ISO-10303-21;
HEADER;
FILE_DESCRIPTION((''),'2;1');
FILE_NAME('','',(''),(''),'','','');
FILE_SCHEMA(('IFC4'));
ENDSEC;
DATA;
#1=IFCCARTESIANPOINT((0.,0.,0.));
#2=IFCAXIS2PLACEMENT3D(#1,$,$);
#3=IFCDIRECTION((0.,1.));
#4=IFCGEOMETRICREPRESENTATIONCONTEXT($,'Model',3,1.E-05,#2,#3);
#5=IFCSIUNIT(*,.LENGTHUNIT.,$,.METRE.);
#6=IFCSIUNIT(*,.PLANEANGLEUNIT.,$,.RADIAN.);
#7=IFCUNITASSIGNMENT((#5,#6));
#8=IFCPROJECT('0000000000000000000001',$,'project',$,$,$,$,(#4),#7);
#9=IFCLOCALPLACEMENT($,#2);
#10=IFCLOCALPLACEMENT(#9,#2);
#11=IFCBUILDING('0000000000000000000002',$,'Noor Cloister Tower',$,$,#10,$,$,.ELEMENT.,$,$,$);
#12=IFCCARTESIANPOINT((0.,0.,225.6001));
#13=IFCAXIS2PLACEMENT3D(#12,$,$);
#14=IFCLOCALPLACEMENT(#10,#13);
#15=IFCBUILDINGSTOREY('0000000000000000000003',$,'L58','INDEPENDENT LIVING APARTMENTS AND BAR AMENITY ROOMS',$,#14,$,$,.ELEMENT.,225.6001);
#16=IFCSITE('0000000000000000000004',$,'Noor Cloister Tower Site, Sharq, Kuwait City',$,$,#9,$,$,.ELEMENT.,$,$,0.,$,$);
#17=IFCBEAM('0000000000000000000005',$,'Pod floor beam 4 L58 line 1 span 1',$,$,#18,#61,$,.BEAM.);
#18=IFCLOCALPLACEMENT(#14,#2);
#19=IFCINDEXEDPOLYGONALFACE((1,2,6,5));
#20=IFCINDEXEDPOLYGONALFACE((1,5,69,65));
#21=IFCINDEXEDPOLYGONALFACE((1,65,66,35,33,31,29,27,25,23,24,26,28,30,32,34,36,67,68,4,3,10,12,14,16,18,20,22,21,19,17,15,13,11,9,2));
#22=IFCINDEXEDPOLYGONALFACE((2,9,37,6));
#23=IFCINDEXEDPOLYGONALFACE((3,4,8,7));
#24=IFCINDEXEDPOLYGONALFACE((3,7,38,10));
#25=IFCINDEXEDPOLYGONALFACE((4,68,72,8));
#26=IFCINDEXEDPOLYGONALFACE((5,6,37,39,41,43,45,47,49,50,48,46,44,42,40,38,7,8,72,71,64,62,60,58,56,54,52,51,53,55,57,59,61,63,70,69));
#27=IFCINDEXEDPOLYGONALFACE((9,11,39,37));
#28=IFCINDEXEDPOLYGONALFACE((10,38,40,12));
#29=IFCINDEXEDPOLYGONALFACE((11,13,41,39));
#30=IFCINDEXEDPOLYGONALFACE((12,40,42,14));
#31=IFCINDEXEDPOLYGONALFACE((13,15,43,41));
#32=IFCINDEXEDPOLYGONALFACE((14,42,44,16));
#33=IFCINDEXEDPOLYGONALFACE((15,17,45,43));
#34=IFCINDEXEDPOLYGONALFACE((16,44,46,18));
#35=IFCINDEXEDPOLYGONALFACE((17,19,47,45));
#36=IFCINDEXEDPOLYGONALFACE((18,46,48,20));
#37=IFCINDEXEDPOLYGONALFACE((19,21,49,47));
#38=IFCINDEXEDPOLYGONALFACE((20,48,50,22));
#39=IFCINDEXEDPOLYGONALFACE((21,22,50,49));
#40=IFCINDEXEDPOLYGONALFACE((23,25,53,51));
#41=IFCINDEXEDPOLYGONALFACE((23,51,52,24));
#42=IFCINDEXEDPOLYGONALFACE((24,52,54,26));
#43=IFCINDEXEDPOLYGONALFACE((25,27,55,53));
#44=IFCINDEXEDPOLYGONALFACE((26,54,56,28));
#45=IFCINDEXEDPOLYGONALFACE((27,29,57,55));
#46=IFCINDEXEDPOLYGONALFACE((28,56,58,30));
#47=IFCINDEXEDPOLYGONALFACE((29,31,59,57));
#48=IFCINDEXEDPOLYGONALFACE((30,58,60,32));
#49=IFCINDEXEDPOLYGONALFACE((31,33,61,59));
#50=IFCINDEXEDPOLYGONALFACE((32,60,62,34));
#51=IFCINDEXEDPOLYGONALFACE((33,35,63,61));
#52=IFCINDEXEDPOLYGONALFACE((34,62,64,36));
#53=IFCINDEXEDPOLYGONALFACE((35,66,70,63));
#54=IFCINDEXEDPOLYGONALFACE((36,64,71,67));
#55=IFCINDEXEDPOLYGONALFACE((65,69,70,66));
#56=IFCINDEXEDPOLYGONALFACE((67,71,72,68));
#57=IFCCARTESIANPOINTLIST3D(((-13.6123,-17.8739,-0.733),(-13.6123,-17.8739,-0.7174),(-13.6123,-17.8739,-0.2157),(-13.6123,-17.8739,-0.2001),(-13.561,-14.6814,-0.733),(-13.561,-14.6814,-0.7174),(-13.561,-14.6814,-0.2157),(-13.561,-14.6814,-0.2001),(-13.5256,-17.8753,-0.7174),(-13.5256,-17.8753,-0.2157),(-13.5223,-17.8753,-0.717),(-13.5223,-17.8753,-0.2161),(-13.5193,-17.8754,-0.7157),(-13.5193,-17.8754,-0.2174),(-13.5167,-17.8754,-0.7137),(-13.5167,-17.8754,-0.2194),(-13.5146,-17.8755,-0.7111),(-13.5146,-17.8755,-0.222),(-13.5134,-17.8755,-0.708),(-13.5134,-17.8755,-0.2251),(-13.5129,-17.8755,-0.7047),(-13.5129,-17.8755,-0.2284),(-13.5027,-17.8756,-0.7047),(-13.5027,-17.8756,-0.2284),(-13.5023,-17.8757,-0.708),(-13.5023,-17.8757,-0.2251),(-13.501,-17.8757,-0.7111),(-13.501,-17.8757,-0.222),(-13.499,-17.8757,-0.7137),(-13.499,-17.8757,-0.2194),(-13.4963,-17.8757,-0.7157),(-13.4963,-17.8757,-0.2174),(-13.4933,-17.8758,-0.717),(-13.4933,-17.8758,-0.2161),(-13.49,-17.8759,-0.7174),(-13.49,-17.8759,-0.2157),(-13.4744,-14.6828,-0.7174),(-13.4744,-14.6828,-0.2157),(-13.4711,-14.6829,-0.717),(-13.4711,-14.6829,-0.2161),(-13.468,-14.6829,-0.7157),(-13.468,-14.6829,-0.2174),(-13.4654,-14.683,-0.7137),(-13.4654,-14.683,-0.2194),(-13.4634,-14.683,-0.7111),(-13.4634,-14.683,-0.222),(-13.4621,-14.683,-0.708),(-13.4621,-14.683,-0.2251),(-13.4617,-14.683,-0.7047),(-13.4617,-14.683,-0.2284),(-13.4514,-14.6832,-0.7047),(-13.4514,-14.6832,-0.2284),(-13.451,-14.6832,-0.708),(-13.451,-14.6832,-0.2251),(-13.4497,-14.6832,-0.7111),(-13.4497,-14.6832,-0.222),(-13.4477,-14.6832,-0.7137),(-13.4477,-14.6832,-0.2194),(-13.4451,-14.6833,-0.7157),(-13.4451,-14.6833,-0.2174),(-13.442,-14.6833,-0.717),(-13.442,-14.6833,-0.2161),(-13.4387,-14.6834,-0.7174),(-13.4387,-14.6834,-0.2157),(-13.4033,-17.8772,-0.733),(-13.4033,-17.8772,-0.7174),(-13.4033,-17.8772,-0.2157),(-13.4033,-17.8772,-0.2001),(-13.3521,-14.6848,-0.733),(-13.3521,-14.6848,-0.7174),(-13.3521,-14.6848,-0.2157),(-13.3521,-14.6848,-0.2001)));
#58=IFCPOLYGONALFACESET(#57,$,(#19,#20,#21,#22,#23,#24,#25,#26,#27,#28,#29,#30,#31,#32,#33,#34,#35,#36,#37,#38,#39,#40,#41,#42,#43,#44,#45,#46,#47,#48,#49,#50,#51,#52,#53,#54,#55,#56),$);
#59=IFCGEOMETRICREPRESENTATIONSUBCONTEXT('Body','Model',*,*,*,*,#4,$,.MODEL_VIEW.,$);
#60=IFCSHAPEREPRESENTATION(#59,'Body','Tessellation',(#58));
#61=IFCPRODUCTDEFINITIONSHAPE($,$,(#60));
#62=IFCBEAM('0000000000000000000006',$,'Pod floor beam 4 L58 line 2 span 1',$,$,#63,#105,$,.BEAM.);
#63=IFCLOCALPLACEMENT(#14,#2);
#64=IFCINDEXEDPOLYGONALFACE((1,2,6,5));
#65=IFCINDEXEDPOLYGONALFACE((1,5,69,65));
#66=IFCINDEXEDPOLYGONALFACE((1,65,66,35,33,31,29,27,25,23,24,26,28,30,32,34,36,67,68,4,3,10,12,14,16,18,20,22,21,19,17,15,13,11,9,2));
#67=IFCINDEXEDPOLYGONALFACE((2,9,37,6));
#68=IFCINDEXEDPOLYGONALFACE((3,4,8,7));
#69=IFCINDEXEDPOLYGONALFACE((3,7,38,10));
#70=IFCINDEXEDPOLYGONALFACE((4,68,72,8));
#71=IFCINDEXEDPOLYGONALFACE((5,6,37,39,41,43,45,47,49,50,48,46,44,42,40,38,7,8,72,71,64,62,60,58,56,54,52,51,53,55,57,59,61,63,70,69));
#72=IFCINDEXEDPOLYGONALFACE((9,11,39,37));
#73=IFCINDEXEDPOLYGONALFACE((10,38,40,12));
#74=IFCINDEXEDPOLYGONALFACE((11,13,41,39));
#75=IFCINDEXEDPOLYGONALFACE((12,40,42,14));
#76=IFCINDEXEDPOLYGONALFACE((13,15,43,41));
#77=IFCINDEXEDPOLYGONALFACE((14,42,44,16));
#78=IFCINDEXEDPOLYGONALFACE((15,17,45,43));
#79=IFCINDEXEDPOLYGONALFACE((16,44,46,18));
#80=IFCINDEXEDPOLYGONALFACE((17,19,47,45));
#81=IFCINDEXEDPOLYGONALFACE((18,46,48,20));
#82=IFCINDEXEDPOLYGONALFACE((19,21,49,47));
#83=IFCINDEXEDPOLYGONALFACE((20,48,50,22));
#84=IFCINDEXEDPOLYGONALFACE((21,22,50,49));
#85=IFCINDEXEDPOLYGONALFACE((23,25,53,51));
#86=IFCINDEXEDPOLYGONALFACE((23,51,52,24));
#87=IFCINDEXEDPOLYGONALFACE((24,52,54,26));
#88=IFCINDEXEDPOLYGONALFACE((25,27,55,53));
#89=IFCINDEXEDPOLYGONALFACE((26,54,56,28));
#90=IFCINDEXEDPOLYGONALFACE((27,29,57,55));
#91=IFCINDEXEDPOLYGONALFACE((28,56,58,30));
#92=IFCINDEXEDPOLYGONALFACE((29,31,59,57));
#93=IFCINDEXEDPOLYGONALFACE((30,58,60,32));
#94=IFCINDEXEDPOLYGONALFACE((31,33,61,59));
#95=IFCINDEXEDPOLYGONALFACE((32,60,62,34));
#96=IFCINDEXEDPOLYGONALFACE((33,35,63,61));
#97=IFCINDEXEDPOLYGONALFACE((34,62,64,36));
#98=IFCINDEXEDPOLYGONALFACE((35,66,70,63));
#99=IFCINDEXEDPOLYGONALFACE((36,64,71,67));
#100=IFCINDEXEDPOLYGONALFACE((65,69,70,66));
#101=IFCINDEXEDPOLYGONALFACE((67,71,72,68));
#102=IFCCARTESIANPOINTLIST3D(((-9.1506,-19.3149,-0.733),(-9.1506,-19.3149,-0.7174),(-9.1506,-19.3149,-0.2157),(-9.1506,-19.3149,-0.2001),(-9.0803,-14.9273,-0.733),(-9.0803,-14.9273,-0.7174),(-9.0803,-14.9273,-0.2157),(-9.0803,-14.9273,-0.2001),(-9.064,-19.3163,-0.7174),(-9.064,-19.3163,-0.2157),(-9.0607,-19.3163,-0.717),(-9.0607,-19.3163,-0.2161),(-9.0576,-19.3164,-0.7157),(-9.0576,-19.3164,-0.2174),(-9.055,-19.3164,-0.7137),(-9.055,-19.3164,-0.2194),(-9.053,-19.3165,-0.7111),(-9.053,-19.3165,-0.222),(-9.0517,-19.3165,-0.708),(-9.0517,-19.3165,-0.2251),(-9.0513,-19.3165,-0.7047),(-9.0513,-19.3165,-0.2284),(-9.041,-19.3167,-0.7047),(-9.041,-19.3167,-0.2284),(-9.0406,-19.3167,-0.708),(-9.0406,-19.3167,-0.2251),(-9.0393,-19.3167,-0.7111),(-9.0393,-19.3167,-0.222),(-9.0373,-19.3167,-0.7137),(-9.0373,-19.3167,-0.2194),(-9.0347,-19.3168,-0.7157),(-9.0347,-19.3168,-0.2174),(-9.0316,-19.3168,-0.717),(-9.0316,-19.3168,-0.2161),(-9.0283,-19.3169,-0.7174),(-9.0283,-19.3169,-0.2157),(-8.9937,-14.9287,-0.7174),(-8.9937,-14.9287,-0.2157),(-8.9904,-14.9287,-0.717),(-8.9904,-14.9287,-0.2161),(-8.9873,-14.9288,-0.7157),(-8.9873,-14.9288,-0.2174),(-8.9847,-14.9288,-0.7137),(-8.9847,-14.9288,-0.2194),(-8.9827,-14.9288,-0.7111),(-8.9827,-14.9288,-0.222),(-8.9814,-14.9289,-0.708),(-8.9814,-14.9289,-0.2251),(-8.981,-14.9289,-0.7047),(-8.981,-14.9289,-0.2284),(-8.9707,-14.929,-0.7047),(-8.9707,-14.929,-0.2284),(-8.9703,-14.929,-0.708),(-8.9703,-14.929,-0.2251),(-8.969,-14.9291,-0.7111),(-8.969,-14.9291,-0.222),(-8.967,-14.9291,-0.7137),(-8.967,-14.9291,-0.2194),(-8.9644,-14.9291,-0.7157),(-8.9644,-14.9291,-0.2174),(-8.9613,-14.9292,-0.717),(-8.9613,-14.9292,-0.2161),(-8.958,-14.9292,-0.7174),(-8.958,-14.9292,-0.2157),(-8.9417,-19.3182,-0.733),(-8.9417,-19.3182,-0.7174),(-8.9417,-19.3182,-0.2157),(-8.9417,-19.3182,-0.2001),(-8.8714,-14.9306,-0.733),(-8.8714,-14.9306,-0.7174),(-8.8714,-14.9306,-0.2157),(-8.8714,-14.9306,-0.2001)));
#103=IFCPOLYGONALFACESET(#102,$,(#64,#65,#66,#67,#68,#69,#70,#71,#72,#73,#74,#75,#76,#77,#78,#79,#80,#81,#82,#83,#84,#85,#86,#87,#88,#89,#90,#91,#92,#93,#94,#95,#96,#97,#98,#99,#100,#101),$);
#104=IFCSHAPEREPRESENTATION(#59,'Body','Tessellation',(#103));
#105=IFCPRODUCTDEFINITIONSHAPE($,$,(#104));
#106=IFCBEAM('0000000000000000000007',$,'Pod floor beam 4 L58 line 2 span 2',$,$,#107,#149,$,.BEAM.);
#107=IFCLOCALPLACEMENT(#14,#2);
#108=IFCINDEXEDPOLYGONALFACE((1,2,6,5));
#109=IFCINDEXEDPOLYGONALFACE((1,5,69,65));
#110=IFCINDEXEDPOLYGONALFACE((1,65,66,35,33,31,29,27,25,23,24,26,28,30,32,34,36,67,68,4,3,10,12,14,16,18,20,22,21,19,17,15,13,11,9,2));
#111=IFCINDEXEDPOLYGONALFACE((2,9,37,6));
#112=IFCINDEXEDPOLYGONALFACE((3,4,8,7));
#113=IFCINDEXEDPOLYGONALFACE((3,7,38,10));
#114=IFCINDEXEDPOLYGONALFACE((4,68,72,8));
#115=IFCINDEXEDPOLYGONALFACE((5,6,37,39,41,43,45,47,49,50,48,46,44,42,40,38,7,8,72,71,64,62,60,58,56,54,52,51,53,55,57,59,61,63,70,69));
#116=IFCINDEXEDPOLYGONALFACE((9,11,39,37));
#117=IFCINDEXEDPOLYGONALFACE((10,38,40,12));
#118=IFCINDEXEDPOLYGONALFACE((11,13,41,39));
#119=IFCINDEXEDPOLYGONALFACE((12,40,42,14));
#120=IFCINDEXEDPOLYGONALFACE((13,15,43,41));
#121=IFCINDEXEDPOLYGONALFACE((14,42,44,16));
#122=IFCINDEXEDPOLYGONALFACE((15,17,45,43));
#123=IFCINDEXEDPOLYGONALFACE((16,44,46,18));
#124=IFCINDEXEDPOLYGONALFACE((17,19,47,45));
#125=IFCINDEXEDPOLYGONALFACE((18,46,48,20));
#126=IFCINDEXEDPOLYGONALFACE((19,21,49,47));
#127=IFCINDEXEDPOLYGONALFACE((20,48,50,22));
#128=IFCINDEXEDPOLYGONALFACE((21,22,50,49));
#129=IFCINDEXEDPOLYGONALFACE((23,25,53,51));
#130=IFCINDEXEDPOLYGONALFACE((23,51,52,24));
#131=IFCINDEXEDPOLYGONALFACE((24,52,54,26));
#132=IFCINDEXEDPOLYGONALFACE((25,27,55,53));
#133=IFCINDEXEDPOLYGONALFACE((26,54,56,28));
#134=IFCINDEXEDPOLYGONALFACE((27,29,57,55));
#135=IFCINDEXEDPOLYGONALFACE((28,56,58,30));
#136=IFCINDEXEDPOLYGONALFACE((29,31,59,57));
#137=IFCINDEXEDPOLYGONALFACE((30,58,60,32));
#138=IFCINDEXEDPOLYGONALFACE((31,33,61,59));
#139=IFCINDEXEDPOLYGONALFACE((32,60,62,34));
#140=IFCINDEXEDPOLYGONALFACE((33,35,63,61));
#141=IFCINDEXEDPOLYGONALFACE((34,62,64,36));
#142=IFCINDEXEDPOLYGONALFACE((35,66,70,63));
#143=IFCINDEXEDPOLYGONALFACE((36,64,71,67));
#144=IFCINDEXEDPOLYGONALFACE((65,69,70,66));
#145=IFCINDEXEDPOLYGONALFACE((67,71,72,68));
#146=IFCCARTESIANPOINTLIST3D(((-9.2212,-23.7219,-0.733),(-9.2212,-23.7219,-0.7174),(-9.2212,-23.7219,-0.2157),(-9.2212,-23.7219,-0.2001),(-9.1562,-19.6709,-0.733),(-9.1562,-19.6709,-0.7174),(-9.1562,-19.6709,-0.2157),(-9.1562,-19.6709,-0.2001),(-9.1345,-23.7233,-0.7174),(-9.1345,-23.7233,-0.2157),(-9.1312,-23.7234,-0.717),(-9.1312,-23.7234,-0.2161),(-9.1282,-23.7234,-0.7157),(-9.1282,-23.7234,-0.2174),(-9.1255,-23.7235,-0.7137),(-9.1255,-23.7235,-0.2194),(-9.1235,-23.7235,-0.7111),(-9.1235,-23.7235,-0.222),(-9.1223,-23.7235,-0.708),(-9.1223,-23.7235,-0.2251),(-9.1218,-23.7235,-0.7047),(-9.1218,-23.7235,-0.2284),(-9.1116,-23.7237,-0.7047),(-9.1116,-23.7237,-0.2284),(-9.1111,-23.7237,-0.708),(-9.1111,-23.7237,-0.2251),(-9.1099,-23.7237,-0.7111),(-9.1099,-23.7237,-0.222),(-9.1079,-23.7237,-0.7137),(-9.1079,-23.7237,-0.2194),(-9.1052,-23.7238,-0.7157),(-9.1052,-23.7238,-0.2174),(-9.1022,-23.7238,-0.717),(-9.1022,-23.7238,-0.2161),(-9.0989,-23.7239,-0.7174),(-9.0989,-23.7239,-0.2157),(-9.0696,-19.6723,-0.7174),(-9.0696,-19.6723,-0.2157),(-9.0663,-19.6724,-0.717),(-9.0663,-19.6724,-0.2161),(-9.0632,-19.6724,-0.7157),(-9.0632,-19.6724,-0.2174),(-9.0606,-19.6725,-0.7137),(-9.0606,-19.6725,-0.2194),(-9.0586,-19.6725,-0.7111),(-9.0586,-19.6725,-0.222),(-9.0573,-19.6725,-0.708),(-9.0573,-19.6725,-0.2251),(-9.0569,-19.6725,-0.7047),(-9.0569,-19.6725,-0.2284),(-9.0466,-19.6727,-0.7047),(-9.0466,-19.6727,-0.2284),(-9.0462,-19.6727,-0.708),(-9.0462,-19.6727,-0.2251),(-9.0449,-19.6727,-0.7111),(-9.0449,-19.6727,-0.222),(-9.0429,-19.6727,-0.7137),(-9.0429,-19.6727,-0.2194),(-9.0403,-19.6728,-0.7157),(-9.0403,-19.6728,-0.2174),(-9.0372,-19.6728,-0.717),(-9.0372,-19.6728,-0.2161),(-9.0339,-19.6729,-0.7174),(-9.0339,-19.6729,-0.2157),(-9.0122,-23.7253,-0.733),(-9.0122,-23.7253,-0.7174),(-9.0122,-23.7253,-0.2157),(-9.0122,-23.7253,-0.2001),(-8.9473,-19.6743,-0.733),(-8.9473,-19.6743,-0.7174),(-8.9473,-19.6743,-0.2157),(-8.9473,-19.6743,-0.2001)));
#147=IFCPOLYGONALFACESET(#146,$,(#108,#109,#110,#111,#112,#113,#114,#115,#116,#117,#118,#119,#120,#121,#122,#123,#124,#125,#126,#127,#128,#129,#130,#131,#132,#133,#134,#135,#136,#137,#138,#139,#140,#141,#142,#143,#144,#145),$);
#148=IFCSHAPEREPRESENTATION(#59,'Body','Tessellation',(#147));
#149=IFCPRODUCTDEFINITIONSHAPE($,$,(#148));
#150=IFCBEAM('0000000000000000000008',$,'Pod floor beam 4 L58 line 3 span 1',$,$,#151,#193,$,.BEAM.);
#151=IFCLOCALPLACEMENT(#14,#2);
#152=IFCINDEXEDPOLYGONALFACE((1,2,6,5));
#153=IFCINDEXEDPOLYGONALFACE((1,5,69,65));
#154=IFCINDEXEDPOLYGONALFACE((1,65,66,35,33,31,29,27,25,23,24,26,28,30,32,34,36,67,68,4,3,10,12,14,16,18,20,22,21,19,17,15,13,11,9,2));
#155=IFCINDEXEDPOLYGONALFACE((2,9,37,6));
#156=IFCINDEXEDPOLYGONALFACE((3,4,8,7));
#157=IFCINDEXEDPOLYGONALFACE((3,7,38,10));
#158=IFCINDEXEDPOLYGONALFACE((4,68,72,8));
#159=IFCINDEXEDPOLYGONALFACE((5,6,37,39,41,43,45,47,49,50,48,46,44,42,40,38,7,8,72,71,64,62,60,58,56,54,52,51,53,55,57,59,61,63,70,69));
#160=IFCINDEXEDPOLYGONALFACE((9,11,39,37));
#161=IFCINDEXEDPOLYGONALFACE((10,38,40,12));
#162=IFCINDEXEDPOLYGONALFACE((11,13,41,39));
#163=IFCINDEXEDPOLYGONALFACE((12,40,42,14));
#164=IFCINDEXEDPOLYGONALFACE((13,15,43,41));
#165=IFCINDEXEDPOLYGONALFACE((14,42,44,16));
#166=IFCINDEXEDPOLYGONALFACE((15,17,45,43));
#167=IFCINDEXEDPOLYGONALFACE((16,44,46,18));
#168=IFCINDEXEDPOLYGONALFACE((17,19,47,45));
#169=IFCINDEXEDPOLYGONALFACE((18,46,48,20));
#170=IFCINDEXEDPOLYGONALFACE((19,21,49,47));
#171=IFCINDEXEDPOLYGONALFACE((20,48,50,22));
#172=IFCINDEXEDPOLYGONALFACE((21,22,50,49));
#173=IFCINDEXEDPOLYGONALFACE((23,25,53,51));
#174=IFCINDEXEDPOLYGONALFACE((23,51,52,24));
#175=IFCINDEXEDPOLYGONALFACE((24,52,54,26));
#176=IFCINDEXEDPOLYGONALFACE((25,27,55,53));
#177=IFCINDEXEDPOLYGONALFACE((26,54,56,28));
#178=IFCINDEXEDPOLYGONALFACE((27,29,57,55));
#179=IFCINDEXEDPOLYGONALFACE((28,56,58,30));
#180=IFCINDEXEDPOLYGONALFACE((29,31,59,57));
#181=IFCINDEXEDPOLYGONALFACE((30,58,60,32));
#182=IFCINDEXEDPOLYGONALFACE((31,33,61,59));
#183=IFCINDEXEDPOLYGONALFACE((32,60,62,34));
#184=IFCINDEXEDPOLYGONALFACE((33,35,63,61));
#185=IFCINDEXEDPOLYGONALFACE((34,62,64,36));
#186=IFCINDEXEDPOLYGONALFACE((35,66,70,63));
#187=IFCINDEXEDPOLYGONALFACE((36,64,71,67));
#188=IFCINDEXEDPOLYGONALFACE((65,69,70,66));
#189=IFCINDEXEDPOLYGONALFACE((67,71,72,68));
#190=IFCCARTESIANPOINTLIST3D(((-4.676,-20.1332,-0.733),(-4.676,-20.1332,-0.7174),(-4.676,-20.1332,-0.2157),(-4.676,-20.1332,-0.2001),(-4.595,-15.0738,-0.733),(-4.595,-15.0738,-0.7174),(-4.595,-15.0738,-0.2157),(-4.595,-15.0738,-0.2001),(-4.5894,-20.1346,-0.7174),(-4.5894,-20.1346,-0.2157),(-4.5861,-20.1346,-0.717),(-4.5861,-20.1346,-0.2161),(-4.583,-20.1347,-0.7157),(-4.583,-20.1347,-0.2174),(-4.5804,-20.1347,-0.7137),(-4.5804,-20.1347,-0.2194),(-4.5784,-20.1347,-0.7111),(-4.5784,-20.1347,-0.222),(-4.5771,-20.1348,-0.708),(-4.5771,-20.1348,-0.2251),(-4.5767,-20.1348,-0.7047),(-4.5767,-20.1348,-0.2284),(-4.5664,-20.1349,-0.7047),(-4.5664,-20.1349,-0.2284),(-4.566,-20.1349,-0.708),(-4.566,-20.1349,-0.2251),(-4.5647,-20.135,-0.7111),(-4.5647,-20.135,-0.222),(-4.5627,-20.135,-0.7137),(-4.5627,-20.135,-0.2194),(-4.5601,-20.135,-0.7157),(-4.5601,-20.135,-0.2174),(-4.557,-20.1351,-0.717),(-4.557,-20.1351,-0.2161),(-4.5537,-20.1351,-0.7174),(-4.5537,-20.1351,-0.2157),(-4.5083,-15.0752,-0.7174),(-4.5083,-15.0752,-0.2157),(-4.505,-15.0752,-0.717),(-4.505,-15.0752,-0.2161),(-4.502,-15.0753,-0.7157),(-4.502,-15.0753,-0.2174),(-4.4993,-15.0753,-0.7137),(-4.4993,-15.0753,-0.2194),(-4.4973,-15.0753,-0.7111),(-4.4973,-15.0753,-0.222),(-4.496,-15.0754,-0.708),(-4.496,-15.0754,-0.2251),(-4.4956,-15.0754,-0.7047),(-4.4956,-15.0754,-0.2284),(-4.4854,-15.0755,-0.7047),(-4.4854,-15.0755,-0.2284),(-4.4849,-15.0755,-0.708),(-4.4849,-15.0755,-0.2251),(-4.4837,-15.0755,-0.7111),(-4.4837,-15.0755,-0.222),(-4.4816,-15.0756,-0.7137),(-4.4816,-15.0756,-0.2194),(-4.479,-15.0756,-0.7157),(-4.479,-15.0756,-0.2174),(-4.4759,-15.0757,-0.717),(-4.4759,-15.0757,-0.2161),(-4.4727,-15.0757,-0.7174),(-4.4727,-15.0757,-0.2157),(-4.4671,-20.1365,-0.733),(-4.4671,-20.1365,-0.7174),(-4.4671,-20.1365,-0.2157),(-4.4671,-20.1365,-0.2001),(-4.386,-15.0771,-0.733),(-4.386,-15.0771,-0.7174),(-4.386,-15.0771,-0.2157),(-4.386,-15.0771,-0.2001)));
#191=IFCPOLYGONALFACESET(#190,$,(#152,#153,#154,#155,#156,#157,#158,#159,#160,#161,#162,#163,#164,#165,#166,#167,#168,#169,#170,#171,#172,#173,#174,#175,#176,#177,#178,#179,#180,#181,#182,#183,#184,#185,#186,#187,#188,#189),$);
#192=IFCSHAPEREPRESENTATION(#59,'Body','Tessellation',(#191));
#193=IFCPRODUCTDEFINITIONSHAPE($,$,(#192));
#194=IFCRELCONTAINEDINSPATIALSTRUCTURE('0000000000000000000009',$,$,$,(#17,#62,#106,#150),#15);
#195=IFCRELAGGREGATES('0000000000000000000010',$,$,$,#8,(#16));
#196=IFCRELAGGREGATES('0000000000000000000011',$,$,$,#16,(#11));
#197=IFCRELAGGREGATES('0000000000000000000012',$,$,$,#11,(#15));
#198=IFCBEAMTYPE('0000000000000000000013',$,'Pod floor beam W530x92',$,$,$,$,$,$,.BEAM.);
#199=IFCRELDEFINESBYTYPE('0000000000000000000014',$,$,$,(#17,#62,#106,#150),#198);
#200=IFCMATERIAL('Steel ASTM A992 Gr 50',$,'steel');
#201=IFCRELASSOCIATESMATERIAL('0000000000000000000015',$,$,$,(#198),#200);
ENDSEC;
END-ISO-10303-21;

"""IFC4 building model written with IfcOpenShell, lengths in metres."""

from ifc_helpers import new_model, si_unit, direction, frame, origin, origin_2d, place, context, subcontext, project, spatial, i_section, extrude, material, material_profile, profile_set, type_object, element, save


model = new_model("IFC4")

# Units and contexts
model_context = context("Model", 3, precision=1e-05, world=origin(), true_north=direction((0.0, 1.0)))
body_context = subcontext(model_context, "Body", "Model", "MODEL_VIEW")
ifc_project = project(units=[si_unit("LENGTHUNIT", "METRE"), si_unit("PLANEANGLEUNIT", "RADIAN")], contexts=[model_context])

# Site, building, storey
site_placement = place(None, origin())
site = spatial("IfcSite", under=ifc_project, at=site_placement, Name="Noor Cloister Tower Site, Sharq, Kuwait City", CompositionType="ELEMENT", RefElevation=0.0)
building_placement = place(site_placement, origin())
building = spatial("IfcBuilding", under=site, at=building_placement, Name="Noor Cloister Tower", CompositionType="ELEMENT")
storey_placement = place(building_placement, frame((0.0, 0.0, 225.6001)))
storey = spatial("IfcBuildingStorey", under=building, at=storey_placement, Name="L58", Description="INDEPENDENT LIVING APARTMENTS AND BAR AMENITY ROOMS", CompositionType="ELEMENT", Elevation=225.6001)

# Beams
ifc_material_1 = material(Name="Steel ASTM A992 Gr 50", Category="steel")
ifc_material_profile_1 = material_profile(ifc_material_1, i_section(OverallWidth=0.209, OverallDepth=0.533, WebThickness=0.0103, FlangeThickness=0.0156, FilletRadius=0.0127, at=origin_2d()), Name="W530x92")
ifc_profile_set_1 = profile_set([ifc_material_profile_1], Name="Steel ASTM A992 Gr 50")
beam_type_1 = type_object("IfcBeamType", Name="Pod floor beam W530x92", PredefinedType="BEAM", material=ifc_profile_set_1)
beam_1_placement = place(storey_placement, frame((-13.4565, -14.6831, -0.4666), z_axis=(-0.016058, -0.999871, 0.0), x_axis=(0.999871, -0.016058, 0.0)))
element("IfcBeam", 1, at=beam_1_placement, inside=storey, type_object=beam_type_1, Name="Pod floor beam 4 L58 line 1 span 1", PredefinedType="BEAM", context=body_context, shape_type="SweptSolid", body=[
    extrude(i_section(OverallWidth=0.209, OverallDepth=0.533, WebThickness=0.0103, FlangeThickness=0.0156, FilletRadius=0.0127, at=origin_2d()), origin(), (0.0, 0.0, 1.0), 3.1929),
])
beam_2_placement = place(storey_placement, frame((-8.9758, -14.929, -0.4666), z_axis=(-0.016023, -0.999872, 0.0), x_axis=(0.999872, -0.016023, 0.0)))
element("IfcBeam", 2, at=beam_2_placement, inside=storey, type_object=beam_type_1, Name="Pod floor beam 4 L58 line 2 span 1", PredefinedType="BEAM", context=body_context, shape_type="SweptSolid", body=[
    extrude(i_section(OverallWidth=0.209, OverallDepth=0.533, WebThickness=0.0103, FlangeThickness=0.0156, FilletRadius=0.0127, at=origin_2d()), origin(), (0.0, 0.0, 1.0), 4.3882),
])
beam_3_placement = place(storey_placement, frame((-9.0518, -19.6726, -0.4666), z_axis=(-0.016029, -0.999872, 0.0), x_axis=(0.999872, -0.016029, 0.0)))
element("IfcBeam", 3, at=beam_3_placement, inside=storey, type_object=beam_type_1, Name="Pod floor beam 4 L58 line 2 span 2", PredefinedType="BEAM", context=body_context, shape_type="SweptSolid", body=[
    extrude(i_section(OverallWidth=0.209, OverallDepth=0.533, WebThickness=0.0103, FlangeThickness=0.0156, FilletRadius=0.0127, at=origin_2d()), origin(), (0.0, 0.0, 1.0), 4.0515),
])
beam_4_placement = place(storey_placement, frame((-4.4905, -15.0754, -0.4666), z_axis=(-0.016019, -0.999872, 0.0), x_axis=(0.999872, -0.016019, 0.0)))
element("IfcBeam", 4, at=beam_4_placement, inside=storey, type_object=beam_type_1, Name="Pod floor beam 4 L58 line 3 span 1", PredefinedType="BEAM", context=body_context, shape_type="SweptSolid", body=[
    extrude(i_section(OverallWidth=0.209, OverallDepth=0.533, WebThickness=0.0103, FlangeThickness=0.0156, FilletRadius=0.0127, at=origin_2d()), origin(), (0.0, 0.0, 1.0), 5.0601),
])

save(model, "model.ifc")
